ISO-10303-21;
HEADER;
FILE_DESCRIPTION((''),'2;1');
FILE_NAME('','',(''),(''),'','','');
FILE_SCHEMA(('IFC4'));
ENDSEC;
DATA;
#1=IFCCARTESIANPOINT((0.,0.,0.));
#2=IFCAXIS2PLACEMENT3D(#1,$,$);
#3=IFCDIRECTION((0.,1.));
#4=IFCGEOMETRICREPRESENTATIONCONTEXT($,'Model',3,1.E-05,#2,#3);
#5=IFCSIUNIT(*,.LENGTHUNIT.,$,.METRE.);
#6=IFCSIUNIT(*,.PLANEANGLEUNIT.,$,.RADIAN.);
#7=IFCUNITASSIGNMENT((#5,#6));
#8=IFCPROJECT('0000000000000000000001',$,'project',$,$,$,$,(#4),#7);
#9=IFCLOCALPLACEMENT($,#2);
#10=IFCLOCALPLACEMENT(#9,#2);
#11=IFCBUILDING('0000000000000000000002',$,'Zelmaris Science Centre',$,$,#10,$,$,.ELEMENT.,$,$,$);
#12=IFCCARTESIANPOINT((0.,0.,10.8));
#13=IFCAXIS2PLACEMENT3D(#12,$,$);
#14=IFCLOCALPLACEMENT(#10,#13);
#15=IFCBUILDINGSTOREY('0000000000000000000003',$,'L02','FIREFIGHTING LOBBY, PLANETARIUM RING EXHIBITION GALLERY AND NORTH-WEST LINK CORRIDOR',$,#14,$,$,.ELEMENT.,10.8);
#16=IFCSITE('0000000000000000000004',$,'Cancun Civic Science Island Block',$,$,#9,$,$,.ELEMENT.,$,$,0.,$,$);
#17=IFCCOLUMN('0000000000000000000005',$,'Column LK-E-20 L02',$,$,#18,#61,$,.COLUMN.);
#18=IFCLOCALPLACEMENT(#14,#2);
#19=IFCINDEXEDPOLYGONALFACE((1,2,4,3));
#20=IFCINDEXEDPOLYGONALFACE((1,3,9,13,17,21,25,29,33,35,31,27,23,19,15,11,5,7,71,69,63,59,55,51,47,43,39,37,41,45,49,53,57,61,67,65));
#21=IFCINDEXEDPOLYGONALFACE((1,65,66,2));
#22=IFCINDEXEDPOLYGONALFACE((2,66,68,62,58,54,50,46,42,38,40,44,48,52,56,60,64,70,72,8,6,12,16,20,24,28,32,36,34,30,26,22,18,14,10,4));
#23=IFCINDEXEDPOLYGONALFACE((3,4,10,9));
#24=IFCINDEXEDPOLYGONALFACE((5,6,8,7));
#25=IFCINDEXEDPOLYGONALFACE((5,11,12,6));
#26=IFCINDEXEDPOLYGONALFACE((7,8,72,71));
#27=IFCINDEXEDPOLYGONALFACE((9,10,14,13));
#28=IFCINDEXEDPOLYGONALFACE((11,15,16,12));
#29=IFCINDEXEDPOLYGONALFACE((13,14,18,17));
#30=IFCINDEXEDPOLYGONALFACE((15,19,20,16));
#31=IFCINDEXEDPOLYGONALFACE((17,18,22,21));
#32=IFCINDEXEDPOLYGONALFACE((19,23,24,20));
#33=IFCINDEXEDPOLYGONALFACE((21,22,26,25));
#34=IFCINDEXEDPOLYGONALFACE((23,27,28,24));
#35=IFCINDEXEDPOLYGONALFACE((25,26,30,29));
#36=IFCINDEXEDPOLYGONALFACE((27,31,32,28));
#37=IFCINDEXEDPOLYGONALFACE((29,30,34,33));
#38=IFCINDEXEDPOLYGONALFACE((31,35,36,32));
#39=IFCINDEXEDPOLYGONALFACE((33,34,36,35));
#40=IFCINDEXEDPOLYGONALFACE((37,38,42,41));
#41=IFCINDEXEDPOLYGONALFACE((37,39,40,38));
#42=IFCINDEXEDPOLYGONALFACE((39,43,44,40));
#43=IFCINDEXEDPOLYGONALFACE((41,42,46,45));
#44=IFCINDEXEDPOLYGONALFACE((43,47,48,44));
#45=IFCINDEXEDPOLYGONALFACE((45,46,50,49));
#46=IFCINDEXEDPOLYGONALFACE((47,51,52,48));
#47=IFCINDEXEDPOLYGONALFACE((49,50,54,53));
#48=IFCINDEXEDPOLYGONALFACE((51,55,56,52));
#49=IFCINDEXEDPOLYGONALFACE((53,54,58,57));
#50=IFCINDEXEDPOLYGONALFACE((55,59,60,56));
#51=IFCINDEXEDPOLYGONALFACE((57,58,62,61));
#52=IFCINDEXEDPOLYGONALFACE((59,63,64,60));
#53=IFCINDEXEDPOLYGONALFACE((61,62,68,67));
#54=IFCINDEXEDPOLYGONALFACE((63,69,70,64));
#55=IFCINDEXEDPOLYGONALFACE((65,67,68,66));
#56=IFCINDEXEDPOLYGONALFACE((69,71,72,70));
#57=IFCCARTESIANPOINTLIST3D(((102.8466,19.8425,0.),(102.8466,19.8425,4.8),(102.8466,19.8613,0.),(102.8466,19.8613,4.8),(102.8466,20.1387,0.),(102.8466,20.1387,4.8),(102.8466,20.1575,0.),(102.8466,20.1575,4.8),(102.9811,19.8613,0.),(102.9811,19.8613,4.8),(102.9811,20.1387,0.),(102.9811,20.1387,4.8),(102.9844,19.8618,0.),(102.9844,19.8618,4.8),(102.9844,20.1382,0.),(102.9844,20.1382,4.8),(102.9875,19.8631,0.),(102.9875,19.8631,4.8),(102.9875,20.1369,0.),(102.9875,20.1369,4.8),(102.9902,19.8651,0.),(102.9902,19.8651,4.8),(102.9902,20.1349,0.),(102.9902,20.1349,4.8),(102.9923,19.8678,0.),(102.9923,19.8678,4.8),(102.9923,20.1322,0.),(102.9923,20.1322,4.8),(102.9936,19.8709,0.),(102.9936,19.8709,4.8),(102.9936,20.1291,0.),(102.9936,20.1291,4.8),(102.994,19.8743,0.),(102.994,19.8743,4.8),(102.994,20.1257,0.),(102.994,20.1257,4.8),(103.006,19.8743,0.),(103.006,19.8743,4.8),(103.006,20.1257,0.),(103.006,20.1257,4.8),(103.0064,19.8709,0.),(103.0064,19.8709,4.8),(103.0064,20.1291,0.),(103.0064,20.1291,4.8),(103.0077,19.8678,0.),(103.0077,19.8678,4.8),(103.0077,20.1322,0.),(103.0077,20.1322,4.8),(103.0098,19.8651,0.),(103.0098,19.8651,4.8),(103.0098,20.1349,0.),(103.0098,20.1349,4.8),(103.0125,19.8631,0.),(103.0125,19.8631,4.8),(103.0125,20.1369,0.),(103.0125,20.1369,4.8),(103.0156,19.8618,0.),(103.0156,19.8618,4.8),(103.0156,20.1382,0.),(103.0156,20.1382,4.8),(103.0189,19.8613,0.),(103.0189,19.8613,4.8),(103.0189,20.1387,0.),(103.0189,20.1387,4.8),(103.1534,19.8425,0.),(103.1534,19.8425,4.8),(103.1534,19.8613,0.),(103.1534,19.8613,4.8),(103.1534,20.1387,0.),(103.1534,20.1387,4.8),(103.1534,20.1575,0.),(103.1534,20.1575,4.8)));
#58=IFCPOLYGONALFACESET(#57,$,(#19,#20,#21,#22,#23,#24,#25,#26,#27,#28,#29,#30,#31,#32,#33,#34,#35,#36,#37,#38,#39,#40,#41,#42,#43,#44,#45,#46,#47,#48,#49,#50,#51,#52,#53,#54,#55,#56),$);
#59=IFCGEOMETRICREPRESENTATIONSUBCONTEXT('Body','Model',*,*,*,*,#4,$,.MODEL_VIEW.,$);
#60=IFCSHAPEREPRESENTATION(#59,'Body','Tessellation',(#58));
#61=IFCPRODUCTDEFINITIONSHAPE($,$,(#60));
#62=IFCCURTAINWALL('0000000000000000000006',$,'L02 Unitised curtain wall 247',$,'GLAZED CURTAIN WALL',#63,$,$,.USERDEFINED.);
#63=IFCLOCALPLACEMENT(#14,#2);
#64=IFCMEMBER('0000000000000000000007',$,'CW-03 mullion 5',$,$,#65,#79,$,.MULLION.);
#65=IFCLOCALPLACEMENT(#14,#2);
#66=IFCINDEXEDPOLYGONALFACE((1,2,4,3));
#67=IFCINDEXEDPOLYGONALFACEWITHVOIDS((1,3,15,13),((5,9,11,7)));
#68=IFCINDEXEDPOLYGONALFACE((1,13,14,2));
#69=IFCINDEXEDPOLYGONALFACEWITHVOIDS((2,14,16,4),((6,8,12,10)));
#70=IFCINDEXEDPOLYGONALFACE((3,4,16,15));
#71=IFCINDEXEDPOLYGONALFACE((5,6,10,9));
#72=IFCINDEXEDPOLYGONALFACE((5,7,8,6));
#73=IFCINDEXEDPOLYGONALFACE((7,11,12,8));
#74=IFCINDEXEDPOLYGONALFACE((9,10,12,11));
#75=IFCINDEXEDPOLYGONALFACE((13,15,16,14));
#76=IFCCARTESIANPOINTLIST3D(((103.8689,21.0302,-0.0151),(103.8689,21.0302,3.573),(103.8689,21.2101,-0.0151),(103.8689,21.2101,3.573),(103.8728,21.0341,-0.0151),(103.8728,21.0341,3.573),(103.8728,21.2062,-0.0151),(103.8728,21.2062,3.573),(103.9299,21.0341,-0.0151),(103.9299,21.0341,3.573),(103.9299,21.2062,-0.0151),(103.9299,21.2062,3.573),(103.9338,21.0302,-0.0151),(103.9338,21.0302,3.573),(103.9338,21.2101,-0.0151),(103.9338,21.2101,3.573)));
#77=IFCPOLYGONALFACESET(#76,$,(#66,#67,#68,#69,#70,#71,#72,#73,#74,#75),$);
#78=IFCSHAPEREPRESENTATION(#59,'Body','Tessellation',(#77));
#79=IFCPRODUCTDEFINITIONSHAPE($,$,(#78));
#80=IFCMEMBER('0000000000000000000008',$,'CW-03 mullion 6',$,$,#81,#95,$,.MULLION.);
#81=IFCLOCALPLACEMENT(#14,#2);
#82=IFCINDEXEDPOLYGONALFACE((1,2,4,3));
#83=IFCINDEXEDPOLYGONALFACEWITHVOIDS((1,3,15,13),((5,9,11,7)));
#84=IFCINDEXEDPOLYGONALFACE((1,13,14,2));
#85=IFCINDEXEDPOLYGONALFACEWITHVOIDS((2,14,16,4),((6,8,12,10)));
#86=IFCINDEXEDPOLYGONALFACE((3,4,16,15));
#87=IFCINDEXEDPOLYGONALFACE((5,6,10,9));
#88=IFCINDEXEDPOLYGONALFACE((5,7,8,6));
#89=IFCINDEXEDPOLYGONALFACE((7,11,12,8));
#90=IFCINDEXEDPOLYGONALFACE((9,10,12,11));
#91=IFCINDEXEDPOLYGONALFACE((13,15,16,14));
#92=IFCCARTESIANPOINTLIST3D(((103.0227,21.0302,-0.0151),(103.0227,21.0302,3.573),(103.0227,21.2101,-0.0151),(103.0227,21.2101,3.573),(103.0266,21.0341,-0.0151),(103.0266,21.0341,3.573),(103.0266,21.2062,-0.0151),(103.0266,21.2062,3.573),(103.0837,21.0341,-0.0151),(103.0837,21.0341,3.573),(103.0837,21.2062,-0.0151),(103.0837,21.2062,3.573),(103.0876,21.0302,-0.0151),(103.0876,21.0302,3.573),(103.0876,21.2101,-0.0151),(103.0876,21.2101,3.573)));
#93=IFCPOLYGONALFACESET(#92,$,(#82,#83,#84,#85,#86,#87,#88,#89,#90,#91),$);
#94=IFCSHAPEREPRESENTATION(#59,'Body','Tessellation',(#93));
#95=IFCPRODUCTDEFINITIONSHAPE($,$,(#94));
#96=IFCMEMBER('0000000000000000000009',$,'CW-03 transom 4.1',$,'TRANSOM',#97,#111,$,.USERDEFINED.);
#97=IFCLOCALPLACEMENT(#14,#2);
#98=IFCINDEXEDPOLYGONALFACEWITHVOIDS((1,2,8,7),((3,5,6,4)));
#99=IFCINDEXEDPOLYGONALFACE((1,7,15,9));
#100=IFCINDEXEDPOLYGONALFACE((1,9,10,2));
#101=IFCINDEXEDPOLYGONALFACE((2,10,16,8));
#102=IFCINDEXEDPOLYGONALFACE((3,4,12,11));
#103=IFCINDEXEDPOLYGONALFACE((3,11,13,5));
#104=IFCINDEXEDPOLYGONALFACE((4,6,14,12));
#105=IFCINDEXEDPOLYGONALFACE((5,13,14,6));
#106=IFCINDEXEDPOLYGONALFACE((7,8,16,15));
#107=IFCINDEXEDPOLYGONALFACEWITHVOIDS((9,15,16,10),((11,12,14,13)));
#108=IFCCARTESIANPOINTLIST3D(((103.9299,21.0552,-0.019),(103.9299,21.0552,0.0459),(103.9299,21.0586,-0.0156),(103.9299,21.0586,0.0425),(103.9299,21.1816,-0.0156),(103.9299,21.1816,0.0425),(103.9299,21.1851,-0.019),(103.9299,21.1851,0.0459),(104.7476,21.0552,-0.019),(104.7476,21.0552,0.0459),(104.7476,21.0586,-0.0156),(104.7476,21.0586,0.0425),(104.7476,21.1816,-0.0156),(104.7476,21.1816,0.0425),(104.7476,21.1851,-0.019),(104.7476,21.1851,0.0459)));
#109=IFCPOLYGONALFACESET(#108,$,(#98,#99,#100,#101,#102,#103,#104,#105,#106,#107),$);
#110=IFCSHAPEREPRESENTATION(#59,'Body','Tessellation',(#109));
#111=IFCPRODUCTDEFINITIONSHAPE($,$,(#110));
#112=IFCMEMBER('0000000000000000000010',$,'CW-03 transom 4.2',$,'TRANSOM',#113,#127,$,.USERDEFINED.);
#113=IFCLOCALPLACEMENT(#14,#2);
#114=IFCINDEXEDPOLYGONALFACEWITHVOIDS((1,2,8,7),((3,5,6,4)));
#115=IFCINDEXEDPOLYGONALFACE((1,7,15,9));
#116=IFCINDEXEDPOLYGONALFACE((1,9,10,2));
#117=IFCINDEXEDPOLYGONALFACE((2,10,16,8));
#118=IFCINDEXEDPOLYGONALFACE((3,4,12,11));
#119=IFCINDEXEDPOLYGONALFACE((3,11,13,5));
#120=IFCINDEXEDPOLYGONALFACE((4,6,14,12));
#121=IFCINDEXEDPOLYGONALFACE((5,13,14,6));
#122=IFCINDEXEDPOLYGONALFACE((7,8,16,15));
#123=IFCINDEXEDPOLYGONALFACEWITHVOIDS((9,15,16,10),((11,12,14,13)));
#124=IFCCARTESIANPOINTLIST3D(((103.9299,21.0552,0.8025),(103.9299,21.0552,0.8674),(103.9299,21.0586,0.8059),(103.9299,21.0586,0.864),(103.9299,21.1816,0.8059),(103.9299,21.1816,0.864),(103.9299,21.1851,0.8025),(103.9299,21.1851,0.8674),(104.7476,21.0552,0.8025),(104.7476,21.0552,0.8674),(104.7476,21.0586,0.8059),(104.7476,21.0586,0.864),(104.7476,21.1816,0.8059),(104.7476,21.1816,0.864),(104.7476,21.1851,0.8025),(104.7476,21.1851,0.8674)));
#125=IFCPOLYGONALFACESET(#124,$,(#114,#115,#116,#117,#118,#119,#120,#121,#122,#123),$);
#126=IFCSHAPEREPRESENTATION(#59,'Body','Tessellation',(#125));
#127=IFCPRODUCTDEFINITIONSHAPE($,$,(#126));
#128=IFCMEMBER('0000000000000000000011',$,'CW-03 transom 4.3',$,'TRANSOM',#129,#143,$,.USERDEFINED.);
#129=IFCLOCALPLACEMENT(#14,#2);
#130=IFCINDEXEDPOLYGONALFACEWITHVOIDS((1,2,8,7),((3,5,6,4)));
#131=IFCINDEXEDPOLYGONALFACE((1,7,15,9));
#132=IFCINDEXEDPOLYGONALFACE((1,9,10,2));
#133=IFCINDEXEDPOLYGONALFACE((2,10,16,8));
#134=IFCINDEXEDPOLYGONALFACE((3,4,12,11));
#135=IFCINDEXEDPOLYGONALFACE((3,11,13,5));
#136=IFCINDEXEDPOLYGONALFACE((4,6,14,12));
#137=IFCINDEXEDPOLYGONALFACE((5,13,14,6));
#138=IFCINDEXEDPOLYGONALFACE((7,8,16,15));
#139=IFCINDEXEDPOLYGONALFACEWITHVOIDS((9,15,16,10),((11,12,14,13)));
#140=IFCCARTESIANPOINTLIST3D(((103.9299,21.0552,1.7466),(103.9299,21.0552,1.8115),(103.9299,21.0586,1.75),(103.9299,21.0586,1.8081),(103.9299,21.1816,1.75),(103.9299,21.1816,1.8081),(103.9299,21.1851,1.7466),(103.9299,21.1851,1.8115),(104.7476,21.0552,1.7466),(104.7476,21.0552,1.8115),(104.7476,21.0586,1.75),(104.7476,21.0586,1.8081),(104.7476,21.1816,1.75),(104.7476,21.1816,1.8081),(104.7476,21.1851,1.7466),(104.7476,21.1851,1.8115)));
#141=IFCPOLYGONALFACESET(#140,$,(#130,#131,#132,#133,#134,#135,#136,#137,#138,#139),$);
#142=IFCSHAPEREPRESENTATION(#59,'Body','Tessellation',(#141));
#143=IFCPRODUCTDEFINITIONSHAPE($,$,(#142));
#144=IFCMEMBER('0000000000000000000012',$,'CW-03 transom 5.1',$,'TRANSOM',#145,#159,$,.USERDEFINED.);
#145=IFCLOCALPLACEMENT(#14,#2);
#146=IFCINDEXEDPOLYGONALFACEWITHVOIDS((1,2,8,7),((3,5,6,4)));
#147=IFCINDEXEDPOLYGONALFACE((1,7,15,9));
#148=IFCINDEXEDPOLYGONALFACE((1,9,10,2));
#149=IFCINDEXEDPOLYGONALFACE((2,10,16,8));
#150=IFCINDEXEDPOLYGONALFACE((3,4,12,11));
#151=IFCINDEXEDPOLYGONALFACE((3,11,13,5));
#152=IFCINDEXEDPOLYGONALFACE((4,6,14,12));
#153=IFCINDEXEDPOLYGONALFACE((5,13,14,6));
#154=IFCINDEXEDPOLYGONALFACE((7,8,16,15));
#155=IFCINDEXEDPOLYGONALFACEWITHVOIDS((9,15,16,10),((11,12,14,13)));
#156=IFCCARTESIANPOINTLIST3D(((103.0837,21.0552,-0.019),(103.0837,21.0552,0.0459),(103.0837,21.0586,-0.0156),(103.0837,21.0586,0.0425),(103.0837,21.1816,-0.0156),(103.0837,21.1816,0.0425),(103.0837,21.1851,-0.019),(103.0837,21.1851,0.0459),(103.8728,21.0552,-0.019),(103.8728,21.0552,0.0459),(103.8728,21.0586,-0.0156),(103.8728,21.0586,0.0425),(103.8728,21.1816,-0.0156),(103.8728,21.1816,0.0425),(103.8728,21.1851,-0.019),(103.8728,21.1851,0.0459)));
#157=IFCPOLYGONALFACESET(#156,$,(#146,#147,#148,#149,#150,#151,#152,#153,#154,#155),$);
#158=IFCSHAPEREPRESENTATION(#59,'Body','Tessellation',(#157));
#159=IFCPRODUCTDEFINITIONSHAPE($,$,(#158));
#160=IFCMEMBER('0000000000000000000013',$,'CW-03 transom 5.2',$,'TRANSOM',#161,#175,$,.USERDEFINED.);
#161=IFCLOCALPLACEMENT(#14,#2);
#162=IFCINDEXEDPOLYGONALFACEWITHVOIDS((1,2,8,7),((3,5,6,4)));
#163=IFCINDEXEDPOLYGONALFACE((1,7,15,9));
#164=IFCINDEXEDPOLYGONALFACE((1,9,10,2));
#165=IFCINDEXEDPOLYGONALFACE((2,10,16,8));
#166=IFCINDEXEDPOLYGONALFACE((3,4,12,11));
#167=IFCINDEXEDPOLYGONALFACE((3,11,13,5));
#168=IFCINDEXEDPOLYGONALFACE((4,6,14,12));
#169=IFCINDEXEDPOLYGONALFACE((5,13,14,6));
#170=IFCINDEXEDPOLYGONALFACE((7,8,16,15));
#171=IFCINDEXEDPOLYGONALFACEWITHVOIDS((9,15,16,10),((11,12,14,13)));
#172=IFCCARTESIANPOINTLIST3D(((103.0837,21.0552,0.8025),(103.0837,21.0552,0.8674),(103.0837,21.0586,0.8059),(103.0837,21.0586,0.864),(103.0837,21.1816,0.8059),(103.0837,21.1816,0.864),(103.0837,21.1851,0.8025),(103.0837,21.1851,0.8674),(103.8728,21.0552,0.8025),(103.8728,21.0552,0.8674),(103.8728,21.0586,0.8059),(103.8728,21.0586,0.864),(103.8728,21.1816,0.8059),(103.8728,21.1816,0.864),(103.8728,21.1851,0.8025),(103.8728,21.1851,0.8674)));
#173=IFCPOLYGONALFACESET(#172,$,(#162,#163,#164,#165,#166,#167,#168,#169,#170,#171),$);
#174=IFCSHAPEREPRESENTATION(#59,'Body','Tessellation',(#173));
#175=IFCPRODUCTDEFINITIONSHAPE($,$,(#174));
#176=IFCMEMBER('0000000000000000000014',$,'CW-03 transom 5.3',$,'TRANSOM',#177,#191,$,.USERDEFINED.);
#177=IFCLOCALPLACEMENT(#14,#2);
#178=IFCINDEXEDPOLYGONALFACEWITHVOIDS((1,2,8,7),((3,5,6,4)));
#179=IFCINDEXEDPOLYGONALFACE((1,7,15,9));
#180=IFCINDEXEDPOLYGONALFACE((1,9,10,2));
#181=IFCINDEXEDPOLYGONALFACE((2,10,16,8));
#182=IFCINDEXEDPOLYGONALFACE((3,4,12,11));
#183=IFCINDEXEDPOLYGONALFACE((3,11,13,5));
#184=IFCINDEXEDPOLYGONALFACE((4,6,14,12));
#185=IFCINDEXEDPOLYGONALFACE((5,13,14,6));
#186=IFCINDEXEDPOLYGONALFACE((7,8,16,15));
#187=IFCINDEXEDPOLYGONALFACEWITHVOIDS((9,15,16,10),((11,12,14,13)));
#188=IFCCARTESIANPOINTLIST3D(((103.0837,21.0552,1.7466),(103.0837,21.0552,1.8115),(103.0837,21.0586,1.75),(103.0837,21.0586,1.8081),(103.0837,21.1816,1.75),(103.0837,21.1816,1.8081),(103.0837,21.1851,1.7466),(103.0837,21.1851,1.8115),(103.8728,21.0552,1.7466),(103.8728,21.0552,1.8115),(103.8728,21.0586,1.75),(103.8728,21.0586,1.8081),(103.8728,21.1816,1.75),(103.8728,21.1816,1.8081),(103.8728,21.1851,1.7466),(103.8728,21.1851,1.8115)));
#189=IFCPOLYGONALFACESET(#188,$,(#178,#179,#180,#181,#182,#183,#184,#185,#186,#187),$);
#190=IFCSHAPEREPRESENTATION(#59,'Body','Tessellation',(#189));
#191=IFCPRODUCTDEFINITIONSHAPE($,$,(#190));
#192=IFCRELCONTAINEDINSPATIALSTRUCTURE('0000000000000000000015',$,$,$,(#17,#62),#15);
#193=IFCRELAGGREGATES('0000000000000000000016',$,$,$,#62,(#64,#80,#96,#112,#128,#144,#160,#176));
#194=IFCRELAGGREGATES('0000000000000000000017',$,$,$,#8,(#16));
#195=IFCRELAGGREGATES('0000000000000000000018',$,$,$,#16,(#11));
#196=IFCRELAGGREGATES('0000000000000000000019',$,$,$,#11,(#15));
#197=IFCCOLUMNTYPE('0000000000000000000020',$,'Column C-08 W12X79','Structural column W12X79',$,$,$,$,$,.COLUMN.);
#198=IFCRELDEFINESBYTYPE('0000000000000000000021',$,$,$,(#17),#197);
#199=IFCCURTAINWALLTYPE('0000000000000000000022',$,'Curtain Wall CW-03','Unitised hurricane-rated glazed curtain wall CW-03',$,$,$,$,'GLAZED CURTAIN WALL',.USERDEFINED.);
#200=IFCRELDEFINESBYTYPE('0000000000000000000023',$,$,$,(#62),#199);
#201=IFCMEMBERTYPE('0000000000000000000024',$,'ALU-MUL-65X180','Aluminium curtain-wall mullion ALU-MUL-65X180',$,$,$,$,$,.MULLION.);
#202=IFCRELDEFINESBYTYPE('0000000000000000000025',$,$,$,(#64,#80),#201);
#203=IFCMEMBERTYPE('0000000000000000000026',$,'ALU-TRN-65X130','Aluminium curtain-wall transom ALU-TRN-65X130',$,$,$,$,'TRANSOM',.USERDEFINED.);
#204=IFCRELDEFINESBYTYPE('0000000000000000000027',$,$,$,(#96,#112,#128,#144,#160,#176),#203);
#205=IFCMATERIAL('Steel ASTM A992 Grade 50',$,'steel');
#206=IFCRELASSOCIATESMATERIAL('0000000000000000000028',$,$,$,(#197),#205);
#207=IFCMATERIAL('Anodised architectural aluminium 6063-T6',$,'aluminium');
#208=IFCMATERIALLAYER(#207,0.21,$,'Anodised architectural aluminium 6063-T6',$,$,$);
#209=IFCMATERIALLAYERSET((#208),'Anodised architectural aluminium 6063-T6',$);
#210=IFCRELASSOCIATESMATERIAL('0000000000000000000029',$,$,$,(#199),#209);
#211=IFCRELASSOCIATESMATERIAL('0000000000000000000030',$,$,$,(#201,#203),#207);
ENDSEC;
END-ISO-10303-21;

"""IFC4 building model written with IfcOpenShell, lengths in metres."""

from ifc_helpers import new_model, si_unit, direction, frame, origin, origin_2d, place, context, subcontext, project, spatial, hollow_rectangle, i_section, extrude, material, layer, layer_set, material_profile, profile_set, type_object, element, aggregate, save


model = new_model("IFC4")

# Units and contexts
model_context = context("Model", 3, precision=1e-05, world=origin(), true_north=direction((0.0, 1.0)))
body_context = subcontext(model_context, "Body", "Model", "MODEL_VIEW")
ifc_project = project(units=[si_unit("LENGTHUNIT", "METRE"), si_unit("PLANEANGLEUNIT", "RADIAN")], contexts=[model_context])

# Site, building, storey
site_placement = place(None, origin())
site = spatial("IfcSite", under=ifc_project, at=site_placement, Name="Cancun Civic Science Island Block", CompositionType="ELEMENT", RefElevation=0.0)
building_placement = place(site_placement, origin())
building = spatial("IfcBuilding", under=site, at=building_placement, Name="Zelmaris Science Centre", CompositionType="ELEMENT")
storey_placement = place(building_placement, frame((0.0, 0.0, 10.8)))
storey = spatial("IfcBuildingStorey", under=building, at=storey_placement, Name="L02", Description="FIREFIGHTING LOBBY, PLANETARIUM RING EXHIBITION GALLERY AND NORTH-WEST LINK CORRIDOR", CompositionType="ELEMENT", Elevation=10.8)

# Column
ifc_material_1 = material(Name="Steel ASTM A992 Grade 50", Category="steel")
ifc_material_profile_1 = material_profile(ifc_material_1, i_section(OverallWidth=0.3069, OverallDepth=0.3149, WebThickness=0.012, FlangeThickness=0.0188, FilletRadius=0.0129, at=origin_2d()), Name="W12X79")
ifc_profile_set_1 = profile_set([ifc_material_profile_1], Name="Steel ASTM A992 Grade 50")
column_type = type_object("IfcColumnType", Name="Column C-08 W12X79", Description="Structural column W12X79", PredefinedType="COLUMN", material=ifc_profile_set_1)
column_placement = place(storey_placement, frame((103.0, 20.0, 0.0), z_axis=(0.0, 0.0, 1.0), x_axis=(1.0, 0.0, 0.0)))
element("IfcColumn", 1, at=column_placement, inside=storey, type_object=column_type, Name="Column LK-E-20 L02", PredefinedType="COLUMN", context=body_context, shape_type="SweptSolid", body=[
    extrude(i_section(OverallWidth=0.3069, OverallDepth=0.3149, WebThickness=0.012, FlangeThickness=0.0188, FilletRadius=0.0129, at=origin_2d()), origin(), (0.0, 0.0, 1.0), 4.8),
])

# Curtain wall, members
ifc_material_2 = material(Name="Anodised architectural aluminium 6063-T6", Category="aluminium")
ifc_layer_1 = layer(ifc_material_2, 0.21, Name="Anodised architectural aluminium 6063-T6")
ifc_layer_set_1 = layer_set([ifc_layer_1], Name="Anodised architectural aluminium 6063-T6")
curtain_wall_type = type_object("IfcCurtainWallType", Name="Curtain Wall CW-03", Description="Unitised hurricane-rated glazed curtain wall CW-03", ElementType="GLAZED CURTAIN WALL", PredefinedType="USERDEFINED", material=ifc_layer_set_1)
curtain_wall_placement = place(storey_placement, origin())
curtain_wall = element("IfcCurtainWall", 2, at=curtain_wall_placement, inside=storey, type_object=curtain_wall_type, Name="L02 Unitised curtain wall 247", ObjectType="GLAZED CURTAIN WALL", PredefinedType="USERDEFINED")
ifc_material_profile_2 = material_profile(ifc_material_2, hollow_rectangle(XDim=0.0649, YDim=0.1799, WallThickness=0.0039, at=origin_2d()), Name="ALU-MUL-65X180")
ifc_profile_set_2 = profile_set([ifc_material_profile_2], Name="Anodised architectural aluminium 6063-T6")
member_type_1 = type_object("IfcMemberType", Name="ALU-MUL-65X180", Description="Aluminium curtain-wall mullion ALU-MUL-65X180", PredefinedType="MULLION", material=ifc_profile_set_2)
member_1_placement = place(storey_placement, frame((103.9014, 21.1201, -0.0151), z_axis=(0.0, 0.0, 1.0), x_axis=(-1.0, 0.000005, 0.0)))
member_1 = element("IfcMember", 3, at=member_1_placement, type_object=member_type_1, Name="CW-03 mullion 5", PredefinedType="MULLION", context=body_context, shape_type="SweptSolid", body=[
    extrude(hollow_rectangle(XDim=0.0649, YDim=0.1799, WallThickness=0.0039, at=origin_2d()), origin(), (0.0, 0.0, 1.0), 3.5881),
])
member_2_placement = place(storey_placement, frame((103.0552, 21.1201, -0.0151), z_axis=(0.0, 0.0, 1.0), x_axis=(-1.0, 0.000005, 0.0)))
member_2 = element("IfcMember", 4, at=member_2_placement, type_object=member_type_1, Name="CW-03 mullion 6", PredefinedType="MULLION", context=body_context, shape_type="SweptSolid", body=[
    extrude(hollow_rectangle(XDim=0.0649, YDim=0.1799, WallThickness=0.0039, at=origin_2d()), origin(), (0.0, 0.0, 1.0), 3.5881),
])
ifc_material_profile_3 = material_profile(ifc_material_2, hollow_rectangle(XDim=0.0649, YDim=0.1299, WallThickness=0.0034, at=origin_2d()), Name="ALU-TRN-65X130")
ifc_profile_set_3 = profile_set([ifc_material_profile_3], Name="Anodised architectural aluminium 6063-T6")
member_type_2 = type_object("IfcMemberType", Name="ALU-TRN-65X130", Description="Aluminium curtain-wall transom ALU-TRN-65X130", ElementType="TRANSOM", PredefinedType="USERDEFINED", material=ifc_profile_set_3)
member_3_placement = place(storey_placement, frame((104.7476, 21.1201, 0.0134), z_axis=(-1.0, 0.0, 0.0), x_axis=(0.0, 0.0, 1.0)))
member_3 = element("IfcMember", 5, at=member_3_placement, type_object=member_type_2, Name="CW-03 transom 4.1", ObjectType="TRANSOM", PredefinedType="USERDEFINED", context=body_context, shape_type="SweptSolid", body=[
    extrude(hollow_rectangle(XDim=0.0649, YDim=0.1299, WallThickness=0.0034, at=origin_2d()), origin(), (0.0, 0.0, 1.0), 0.8176),
])
member_4_placement = place(storey_placement, frame((104.7476, 21.1201, 0.835), z_axis=(-1.0, 0.0, 0.0), x_axis=(0.0, 0.0, 1.0)))
member_4 = element("IfcMember", 6, at=member_4_placement, type_object=member_type_2, Name="CW-03 transom 4.2", ObjectType="TRANSOM", PredefinedType="USERDEFINED", context=body_context, shape_type="SweptSolid", body=[
    extrude(hollow_rectangle(XDim=0.0649, YDim=0.1299, WallThickness=0.0034, at=origin_2d()), origin(), (0.0, 0.0, 1.0), 0.8176),
])
member_5_placement = place(storey_placement, frame((104.7476, 21.1201, 1.7791), z_axis=(-1.0, 0.0, 0.0), x_axis=(0.0, 0.0, 1.0)))
member_5 = element("IfcMember", 7, at=member_5_placement, type_object=member_type_2, Name="CW-03 transom 4.3", ObjectType="TRANSOM", PredefinedType="USERDEFINED", context=body_context, shape_type="SweptSolid", body=[
    extrude(hollow_rectangle(XDim=0.0649, YDim=0.1299, WallThickness=0.0034, at=origin_2d()), origin(), (0.0, 0.0, 1.0), 0.8176),
])
member_6_placement = place(storey_placement, frame((103.8728, 21.1201, 0.0134), z_axis=(-1.0, 0.0, 0.0), x_axis=(0.0, 0.0, 1.0)))
member_6 = element("IfcMember", 8, at=member_6_placement, type_object=member_type_2, Name="CW-03 transom 5.1", ObjectType="TRANSOM", PredefinedType="USERDEFINED", context=body_context, shape_type="SweptSolid", body=[
    extrude(hollow_rectangle(XDim=0.0649, YDim=0.1299, WallThickness=0.0034, at=origin_2d()), origin(), (0.0, 0.0, 1.0), 0.7891),
])
member_7_placement = place(storey_placement, frame((103.8728, 21.1201, 0.835), z_axis=(-1.0, 0.0, 0.0), x_axis=(0.0, 0.0, 1.0)))
member_7 = element("IfcMember", 9, at=member_7_placement, type_object=member_type_2, Name="CW-03 transom 5.2", ObjectType="TRANSOM", PredefinedType="USERDEFINED", context=body_context, shape_type="SweptSolid", body=[
    extrude(hollow_rectangle(XDim=0.0649, YDim=0.1299, WallThickness=0.0034, at=origin_2d()), origin(), (0.0, 0.0, 1.0), 0.7891),
])
member_8_placement = place(storey_placement, frame((103.8728, 21.1201, 1.7791), z_axis=(-1.0, 0.0, 0.0), x_axis=(0.0, 0.0, 1.0)))
member_8 = element("IfcMember", 10, at=member_8_placement, type_object=member_type_2, Name="CW-03 transom 5.3", ObjectType="TRANSOM", PredefinedType="USERDEFINED", context=body_context, shape_type="SweptSolid", body=[
    extrude(hollow_rectangle(XDim=0.0649, YDim=0.1299, WallThickness=0.0034, at=origin_2d()), origin(), (0.0, 0.0, 1.0), 0.7891),
])

aggregate(curtain_wall, [member_1, member_2, member_3, member_4, member_5, member_6, member_7, member_8])

save(model, "model.ifc")
